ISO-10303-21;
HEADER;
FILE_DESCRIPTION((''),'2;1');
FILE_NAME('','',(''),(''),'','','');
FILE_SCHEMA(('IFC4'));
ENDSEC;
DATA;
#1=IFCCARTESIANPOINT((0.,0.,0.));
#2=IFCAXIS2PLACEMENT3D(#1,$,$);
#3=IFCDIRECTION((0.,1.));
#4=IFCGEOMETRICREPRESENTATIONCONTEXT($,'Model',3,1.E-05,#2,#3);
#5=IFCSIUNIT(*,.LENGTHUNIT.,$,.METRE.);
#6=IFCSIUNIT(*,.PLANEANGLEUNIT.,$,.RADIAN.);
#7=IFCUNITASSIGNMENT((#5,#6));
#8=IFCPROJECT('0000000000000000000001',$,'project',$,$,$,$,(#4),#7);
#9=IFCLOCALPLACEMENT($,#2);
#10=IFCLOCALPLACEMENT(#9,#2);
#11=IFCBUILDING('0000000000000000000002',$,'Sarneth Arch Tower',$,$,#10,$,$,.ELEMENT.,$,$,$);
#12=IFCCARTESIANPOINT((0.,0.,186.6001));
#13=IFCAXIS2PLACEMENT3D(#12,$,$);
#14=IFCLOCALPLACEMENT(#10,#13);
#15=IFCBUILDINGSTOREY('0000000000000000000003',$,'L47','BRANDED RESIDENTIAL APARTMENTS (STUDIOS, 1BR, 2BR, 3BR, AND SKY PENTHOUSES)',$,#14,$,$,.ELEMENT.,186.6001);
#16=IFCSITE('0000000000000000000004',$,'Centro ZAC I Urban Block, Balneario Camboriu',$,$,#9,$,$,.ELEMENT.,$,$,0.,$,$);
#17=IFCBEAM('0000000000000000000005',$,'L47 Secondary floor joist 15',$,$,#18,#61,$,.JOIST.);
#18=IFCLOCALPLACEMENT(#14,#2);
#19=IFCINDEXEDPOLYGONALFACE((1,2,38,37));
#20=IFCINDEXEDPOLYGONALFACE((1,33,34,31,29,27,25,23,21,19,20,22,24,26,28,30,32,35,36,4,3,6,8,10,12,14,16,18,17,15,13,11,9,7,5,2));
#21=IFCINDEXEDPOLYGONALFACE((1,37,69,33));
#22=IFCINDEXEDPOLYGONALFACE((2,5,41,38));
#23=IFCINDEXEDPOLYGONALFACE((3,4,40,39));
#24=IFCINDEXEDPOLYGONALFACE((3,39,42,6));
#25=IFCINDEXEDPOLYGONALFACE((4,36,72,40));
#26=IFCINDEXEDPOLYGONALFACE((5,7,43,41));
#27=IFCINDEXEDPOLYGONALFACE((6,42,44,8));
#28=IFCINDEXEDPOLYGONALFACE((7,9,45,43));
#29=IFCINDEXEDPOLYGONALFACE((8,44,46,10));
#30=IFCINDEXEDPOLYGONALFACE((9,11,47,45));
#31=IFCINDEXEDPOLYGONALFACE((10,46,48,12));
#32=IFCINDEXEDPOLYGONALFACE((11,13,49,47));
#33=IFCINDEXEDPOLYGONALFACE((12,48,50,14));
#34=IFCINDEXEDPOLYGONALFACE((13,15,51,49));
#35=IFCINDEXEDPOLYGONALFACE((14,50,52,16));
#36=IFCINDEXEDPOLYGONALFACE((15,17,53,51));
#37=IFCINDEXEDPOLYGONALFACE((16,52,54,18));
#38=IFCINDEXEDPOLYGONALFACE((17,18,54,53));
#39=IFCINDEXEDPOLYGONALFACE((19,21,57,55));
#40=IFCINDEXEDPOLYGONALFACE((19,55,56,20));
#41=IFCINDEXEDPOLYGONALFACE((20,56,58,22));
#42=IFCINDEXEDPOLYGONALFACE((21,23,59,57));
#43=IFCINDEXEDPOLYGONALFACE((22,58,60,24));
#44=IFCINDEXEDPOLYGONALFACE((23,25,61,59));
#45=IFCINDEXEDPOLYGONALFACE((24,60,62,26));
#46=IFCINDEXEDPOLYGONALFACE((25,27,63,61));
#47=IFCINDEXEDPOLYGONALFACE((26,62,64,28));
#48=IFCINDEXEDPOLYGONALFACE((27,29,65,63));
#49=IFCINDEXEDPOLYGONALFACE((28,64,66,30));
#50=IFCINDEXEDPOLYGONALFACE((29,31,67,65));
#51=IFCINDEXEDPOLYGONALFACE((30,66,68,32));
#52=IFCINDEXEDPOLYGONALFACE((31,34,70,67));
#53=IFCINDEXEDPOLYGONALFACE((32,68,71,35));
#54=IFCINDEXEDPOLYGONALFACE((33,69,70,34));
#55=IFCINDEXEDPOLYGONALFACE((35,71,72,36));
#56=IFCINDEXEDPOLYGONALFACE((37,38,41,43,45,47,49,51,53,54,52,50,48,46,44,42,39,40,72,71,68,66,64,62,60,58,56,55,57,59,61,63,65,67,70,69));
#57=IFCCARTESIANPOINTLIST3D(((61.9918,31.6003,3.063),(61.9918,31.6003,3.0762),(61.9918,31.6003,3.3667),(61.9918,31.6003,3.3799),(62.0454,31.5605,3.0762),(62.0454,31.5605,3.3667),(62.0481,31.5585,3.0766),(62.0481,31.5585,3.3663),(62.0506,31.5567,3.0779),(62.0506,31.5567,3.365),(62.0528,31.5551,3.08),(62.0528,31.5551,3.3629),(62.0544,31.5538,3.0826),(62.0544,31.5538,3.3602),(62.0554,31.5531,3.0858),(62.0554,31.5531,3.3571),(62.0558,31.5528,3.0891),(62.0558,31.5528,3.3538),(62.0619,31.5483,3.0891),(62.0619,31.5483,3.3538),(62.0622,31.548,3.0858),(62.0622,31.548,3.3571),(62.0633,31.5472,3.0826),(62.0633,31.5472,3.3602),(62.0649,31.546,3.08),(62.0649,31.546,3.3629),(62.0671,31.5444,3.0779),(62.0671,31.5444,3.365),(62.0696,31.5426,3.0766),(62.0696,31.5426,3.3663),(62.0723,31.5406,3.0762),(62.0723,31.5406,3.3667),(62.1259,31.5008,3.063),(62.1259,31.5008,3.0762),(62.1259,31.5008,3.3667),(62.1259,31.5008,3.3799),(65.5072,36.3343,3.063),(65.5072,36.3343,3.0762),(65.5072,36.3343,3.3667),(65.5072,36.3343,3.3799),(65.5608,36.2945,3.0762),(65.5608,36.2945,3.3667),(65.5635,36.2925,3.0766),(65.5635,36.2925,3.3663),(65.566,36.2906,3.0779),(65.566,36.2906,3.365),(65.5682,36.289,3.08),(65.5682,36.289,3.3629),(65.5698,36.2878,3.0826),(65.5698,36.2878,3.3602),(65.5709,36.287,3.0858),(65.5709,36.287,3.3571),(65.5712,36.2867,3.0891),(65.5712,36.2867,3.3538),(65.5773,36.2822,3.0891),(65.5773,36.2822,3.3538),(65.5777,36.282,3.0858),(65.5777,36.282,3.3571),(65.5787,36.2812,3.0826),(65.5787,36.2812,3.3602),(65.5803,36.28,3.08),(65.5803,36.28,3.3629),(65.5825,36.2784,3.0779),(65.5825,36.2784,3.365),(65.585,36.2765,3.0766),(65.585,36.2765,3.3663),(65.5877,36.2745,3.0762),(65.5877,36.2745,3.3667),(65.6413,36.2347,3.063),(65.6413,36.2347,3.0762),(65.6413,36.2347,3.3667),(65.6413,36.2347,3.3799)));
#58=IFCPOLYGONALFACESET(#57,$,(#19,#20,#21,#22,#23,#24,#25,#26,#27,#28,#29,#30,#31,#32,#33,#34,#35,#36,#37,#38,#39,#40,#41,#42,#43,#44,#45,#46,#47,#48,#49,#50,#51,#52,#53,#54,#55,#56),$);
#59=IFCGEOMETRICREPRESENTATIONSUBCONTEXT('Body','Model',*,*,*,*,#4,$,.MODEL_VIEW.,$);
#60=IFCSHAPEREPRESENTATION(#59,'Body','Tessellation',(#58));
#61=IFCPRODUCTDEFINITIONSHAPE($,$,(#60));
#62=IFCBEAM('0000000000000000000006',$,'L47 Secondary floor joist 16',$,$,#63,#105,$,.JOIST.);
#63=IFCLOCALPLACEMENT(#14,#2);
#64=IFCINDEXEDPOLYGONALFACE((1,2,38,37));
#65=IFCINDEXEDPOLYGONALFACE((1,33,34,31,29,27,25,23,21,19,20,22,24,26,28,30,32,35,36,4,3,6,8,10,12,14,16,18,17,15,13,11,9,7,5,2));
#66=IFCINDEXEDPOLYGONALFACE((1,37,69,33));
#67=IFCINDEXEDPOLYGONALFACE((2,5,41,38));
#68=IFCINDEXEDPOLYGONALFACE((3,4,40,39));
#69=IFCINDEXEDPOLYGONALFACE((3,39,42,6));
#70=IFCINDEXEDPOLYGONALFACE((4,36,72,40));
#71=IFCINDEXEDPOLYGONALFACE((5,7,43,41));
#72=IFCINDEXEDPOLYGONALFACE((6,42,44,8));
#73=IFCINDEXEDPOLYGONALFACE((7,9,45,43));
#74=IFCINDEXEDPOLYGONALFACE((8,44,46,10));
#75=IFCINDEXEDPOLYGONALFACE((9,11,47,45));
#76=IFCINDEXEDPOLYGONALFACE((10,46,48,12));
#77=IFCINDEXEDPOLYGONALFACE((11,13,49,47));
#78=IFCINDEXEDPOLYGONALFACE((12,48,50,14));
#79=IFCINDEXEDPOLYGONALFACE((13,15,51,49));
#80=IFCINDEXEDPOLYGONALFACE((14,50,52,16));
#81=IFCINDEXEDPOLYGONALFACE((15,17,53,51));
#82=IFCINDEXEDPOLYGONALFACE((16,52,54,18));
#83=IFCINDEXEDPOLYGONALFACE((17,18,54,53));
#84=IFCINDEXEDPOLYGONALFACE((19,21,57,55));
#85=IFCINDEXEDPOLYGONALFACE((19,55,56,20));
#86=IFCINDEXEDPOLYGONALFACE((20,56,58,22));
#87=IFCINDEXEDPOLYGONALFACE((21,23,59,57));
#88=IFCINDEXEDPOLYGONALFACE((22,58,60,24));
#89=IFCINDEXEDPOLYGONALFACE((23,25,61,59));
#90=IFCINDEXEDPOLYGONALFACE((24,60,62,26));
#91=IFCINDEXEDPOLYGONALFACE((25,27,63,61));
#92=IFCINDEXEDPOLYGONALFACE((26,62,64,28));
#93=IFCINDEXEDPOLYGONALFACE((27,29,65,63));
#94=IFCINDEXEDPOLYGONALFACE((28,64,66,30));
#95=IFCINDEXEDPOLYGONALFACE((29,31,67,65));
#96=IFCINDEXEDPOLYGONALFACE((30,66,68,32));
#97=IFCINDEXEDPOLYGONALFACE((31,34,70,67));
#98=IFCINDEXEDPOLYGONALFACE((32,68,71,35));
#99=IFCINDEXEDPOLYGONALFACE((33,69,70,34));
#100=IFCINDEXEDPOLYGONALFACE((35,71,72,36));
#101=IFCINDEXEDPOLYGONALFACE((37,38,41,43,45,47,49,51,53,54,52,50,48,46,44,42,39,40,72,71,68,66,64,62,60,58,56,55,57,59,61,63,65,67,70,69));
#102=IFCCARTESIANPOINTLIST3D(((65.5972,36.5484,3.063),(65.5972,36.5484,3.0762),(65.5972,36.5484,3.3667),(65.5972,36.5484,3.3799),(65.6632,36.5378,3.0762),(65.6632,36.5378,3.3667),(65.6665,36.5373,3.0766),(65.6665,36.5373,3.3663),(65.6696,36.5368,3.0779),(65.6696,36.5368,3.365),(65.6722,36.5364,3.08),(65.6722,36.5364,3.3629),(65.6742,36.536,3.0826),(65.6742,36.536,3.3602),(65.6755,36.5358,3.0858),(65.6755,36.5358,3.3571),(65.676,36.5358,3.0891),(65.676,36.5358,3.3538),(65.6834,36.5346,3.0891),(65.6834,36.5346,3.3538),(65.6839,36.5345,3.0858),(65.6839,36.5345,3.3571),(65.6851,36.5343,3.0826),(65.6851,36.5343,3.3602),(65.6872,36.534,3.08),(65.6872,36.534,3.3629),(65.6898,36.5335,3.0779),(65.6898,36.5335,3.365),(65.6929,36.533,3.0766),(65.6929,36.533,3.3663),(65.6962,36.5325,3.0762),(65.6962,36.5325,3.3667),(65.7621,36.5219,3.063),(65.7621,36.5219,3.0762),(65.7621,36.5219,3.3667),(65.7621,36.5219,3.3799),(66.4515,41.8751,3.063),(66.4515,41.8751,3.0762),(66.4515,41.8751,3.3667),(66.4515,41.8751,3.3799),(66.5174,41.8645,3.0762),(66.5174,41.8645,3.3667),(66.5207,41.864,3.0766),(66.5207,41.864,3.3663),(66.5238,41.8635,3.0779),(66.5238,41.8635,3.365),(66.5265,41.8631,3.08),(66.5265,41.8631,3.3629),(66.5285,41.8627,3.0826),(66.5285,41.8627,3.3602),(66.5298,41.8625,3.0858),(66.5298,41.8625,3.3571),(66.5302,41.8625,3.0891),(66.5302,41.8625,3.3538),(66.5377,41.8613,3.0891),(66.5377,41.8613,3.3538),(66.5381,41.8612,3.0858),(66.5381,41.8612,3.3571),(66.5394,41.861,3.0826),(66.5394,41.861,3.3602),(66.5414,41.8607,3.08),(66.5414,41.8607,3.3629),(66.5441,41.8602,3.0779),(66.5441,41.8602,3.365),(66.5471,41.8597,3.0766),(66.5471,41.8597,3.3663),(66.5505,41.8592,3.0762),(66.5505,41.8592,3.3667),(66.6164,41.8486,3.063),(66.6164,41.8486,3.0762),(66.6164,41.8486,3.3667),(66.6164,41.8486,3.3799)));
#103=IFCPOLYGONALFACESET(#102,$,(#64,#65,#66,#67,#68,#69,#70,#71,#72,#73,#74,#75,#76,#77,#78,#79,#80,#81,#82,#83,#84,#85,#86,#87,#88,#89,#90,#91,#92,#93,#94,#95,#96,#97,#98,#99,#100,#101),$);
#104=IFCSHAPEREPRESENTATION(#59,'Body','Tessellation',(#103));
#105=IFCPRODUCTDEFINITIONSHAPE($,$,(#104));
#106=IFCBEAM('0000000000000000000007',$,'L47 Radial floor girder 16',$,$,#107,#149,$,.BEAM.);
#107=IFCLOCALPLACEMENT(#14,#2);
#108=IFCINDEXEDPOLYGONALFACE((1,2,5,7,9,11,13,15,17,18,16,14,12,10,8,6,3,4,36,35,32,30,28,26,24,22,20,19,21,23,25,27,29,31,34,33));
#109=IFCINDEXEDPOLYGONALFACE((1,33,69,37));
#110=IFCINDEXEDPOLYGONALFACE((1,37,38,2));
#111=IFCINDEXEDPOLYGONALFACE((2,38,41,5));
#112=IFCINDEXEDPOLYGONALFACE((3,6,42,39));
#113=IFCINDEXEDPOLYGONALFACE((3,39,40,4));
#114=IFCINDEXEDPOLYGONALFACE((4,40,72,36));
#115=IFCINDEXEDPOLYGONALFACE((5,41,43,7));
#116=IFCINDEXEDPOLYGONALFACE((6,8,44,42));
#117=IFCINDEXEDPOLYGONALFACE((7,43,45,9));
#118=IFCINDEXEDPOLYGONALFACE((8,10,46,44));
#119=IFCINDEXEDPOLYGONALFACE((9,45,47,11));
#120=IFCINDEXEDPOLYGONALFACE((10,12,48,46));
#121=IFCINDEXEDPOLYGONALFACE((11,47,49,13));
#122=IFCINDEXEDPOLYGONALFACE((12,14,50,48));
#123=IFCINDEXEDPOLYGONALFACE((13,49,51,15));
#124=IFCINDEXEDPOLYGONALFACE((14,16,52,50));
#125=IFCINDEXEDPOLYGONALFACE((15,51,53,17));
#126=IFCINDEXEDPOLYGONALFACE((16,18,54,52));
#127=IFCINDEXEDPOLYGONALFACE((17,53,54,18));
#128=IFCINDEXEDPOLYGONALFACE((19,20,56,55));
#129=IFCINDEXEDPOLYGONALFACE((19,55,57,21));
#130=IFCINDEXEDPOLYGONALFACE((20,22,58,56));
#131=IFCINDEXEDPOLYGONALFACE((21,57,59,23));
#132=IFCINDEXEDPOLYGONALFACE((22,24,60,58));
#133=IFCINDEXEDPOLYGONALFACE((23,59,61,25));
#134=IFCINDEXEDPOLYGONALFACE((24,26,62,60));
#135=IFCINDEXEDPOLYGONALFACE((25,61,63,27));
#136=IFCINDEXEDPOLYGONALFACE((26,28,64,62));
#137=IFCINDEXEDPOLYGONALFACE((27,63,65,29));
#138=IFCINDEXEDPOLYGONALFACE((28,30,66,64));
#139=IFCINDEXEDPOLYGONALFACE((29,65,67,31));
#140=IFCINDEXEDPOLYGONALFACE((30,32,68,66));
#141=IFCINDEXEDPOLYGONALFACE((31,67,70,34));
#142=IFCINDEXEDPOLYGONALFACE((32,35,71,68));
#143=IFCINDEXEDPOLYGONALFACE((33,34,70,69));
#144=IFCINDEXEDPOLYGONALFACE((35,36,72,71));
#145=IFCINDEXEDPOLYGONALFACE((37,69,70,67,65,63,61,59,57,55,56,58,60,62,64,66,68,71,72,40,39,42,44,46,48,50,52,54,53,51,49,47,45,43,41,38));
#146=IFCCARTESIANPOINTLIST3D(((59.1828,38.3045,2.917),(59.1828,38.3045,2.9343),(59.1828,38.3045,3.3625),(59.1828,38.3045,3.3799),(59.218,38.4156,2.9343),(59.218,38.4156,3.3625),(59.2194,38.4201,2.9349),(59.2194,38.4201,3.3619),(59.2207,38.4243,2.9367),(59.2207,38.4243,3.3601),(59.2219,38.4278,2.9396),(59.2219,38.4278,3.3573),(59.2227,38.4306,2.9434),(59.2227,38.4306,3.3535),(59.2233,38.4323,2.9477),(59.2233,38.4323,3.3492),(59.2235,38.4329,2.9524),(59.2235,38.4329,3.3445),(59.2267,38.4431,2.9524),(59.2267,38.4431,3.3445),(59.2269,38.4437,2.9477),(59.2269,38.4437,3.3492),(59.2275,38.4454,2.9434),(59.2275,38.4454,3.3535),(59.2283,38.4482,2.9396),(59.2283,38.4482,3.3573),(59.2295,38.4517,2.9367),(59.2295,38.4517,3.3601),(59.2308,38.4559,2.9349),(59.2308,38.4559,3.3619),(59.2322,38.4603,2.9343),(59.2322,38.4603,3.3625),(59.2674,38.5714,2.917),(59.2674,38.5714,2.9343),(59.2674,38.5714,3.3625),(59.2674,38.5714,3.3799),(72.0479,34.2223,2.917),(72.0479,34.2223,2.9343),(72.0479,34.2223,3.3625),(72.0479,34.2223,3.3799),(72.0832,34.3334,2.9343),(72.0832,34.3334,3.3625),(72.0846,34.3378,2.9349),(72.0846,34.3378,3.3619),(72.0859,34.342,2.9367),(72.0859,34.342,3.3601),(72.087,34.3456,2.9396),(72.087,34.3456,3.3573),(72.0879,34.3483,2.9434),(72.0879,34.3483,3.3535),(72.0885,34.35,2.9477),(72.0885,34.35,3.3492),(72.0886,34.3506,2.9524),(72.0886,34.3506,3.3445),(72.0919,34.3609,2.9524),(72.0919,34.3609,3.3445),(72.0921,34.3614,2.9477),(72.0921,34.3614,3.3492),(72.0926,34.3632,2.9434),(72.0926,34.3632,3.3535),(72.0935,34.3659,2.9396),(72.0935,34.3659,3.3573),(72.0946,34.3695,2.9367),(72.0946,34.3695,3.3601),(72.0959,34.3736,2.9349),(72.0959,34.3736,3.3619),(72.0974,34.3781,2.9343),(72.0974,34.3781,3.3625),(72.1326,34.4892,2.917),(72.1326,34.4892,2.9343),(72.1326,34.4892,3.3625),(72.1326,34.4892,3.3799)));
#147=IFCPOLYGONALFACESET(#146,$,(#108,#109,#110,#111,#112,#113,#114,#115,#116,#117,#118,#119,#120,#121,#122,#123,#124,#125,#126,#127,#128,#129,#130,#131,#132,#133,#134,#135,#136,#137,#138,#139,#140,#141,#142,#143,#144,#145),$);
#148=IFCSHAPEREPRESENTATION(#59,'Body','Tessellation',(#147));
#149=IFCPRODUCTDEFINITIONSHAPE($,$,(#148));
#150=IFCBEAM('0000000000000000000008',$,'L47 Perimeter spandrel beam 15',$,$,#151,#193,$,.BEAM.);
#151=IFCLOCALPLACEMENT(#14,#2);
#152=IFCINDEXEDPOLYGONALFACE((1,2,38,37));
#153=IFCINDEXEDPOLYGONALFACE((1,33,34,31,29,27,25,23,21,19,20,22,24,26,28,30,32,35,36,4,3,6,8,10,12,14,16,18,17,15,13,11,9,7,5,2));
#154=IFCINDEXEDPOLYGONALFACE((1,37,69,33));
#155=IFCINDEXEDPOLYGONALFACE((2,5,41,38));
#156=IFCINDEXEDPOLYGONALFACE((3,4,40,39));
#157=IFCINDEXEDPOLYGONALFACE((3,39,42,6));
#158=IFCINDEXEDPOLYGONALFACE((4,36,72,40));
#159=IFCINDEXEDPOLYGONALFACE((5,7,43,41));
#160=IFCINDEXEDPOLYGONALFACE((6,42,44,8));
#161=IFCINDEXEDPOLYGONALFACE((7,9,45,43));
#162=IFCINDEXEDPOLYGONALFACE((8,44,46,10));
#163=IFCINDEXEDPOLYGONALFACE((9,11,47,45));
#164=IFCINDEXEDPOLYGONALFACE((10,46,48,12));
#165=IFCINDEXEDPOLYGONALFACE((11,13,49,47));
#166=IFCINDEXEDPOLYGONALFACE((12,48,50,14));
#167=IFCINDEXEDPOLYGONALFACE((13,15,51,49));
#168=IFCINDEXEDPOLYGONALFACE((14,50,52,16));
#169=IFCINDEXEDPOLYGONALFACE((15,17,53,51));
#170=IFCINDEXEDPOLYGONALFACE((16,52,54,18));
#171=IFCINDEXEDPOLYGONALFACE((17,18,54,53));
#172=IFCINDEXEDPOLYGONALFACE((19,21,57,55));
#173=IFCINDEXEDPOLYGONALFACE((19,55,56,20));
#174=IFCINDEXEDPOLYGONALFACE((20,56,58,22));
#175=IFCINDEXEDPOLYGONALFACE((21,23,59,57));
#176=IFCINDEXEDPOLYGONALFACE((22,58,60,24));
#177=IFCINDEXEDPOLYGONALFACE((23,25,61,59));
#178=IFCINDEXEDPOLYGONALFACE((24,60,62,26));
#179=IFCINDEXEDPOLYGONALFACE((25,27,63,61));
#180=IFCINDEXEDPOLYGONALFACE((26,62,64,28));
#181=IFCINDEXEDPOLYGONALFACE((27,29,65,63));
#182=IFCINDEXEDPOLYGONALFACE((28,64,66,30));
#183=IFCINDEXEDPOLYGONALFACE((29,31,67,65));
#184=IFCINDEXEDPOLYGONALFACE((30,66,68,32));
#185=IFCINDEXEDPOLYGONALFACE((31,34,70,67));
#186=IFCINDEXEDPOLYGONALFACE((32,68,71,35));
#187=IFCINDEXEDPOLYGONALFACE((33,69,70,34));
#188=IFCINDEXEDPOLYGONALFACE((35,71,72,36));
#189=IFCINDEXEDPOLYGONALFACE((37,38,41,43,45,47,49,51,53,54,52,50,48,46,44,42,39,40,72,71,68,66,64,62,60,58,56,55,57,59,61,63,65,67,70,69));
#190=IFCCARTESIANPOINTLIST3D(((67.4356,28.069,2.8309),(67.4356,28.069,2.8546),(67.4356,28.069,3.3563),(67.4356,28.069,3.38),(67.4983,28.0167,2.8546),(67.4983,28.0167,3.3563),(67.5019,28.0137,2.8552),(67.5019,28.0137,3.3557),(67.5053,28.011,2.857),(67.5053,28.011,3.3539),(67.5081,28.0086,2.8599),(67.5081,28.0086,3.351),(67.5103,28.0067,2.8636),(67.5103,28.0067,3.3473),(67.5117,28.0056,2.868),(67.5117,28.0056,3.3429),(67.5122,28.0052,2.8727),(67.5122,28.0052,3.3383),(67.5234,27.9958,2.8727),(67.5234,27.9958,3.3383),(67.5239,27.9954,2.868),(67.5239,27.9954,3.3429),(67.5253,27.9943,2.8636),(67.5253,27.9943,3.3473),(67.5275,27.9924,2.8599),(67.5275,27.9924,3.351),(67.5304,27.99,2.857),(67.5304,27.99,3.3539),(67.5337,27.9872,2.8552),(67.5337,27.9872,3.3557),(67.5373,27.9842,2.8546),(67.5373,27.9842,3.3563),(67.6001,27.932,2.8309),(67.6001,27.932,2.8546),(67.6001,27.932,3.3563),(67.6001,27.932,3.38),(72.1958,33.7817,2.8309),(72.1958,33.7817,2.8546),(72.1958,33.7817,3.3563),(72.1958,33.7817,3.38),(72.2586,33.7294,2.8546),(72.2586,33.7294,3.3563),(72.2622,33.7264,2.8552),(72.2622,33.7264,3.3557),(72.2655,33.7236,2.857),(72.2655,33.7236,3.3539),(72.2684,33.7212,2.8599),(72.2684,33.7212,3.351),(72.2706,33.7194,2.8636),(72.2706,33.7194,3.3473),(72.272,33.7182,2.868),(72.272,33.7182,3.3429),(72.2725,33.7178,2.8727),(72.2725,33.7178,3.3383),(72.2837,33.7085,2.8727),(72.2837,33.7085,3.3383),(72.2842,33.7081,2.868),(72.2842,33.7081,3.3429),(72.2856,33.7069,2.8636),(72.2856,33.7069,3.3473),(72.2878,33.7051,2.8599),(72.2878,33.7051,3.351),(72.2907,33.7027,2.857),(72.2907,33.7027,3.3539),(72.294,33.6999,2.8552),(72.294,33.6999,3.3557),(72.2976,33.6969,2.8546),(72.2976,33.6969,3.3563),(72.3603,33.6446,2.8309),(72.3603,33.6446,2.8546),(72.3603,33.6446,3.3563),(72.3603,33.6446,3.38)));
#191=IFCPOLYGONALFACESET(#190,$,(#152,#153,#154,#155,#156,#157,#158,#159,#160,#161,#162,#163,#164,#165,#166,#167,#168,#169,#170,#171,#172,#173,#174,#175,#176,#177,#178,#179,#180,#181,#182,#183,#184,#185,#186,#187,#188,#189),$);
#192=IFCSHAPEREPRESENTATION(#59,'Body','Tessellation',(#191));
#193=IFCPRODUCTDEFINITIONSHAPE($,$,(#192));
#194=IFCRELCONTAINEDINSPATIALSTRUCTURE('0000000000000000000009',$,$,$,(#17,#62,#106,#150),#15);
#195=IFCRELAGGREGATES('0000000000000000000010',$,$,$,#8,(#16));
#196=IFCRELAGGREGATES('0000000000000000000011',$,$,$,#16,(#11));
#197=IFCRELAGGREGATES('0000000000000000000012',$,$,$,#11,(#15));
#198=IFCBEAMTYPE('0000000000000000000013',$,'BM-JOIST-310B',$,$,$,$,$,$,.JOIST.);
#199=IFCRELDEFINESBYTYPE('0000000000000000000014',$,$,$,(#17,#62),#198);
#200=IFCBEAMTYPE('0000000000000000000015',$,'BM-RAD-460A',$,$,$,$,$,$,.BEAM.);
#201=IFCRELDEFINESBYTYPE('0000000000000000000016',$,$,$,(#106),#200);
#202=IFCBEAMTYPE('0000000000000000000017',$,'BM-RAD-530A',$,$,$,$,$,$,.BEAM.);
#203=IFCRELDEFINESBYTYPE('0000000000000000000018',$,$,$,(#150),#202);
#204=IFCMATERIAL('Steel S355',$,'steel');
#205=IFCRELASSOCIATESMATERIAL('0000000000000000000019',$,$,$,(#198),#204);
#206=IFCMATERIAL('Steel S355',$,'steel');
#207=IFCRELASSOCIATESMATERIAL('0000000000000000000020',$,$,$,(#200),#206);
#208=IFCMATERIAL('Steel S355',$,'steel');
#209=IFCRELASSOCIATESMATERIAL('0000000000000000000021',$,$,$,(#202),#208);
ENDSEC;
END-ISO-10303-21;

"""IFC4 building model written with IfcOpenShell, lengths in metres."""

from ifc_helpers import new_model, si_unit, direction, frame, origin, origin_2d, place, context, subcontext, project, spatial, i_section, extrude, material, material_profile, profile_set, type_object, element, save


model = new_model("IFC4")

# Units and contexts
model_context = context("Model", 3, precision=1e-05, world=origin(), true_north=direction((0.0, 1.0)))
body_context = subcontext(model_context, "Body", "Model", "MODEL_VIEW")
ifc_project = project(units=[si_unit("LENGTHUNIT", "METRE"), si_unit("PLANEANGLEUNIT", "RADIAN")], contexts=[model_context])

# Site, building, storey
site_placement = place(None, origin())
site = spatial("IfcSite", under=ifc_project, at=site_placement, Name="Centro ZAC I Urban Block, Balneario Camboriu", CompositionType="ELEMENT", RefElevation=0.0)
building_placement = place(site_placement, origin())
building = spatial("IfcBuilding", under=site, at=building_placement, Name="Sarneth Arch Tower", CompositionType="ELEMENT")
storey_placement = place(building_placement, frame((0.0, 0.0, 186.6001)))
storey = spatial("IfcBuildingStorey", under=building, at=storey_placement, Name="L47", Description="BRANDED RESIDENTIAL APARTMENTS (STUDIOS, 1BR, 2BR, 3BR, AND SKY PENTHOUSES)", CompositionType="ELEMENT", Elevation=186.6001)

# Beams
ifc_material_1 = material(Name="Steel S355", Category="steel")
ifc_material_profile_1 = material_profile(ifc_material_1, i_section(OverallWidth=0.167, OverallDepth=0.3169, WebThickness=0.0076, FlangeThickness=0.0132, FilletRadius=0.0129, at=origin_2d()), Name="W310x52")
ifc_profile_set_1 = profile_set([ifc_material_profile_1], Name="Steel S355")
beam_type_1 = type_object("IfcBeamType", Name="BM-JOIST-310B", PredefinedType="JOIST", material=ifc_profile_set_1)
beam_1_placement = place(storey_placement, frame((62.0588, 31.5505, 3.2214), z_axis=(0.596191, 0.802843, 0.0), x_axis=(-0.802843, 0.596191, 0.0)))
element("IfcBeam", 1, at=beam_1_placement, inside=storey, type_object=beam_type_1, Name="L47 Secondary floor joist 15", PredefinedType="JOIST", context=body_context, shape_type="SweptSolid", body=[
    extrude(i_section(OverallWidth=0.167, OverallDepth=0.3169, WebThickness=0.0076, FlangeThickness=0.0132, FilletRadius=0.0129, at=origin_2d()), origin(), (0.0, 0.0, 1.0), 5.8965),
])
beam_2_placement = place(storey_placement, frame((65.6797, 36.5352, 3.2214), z_axis=(0.158349, 0.987383, 0.0), x_axis=(-0.987383, 0.158349, 0.0)))
element("IfcBeam", 2, at=beam_2_placement, inside=storey, type_object=beam_type_1, Name="L47 Secondary floor joist 16", PredefinedType="JOIST", context=body_context, shape_type="SweptSolid", body=[
    extrude(i_section(OverallWidth=0.167, OverallDepth=0.3169, WebThickness=0.0076, FlangeThickness=0.0132, FilletRadius=0.0129, at=origin_2d()), origin(), (0.0, 0.0, 1.0), 5.3948),
])
ifc_material_2 = material(Name="Steel S355", Category="steel")
ifc_material_profile_2 = material_profile(ifc_material_2, i_section(OverallWidth=0.28, OverallDepth=0.4629, WebThickness=0.0107, FlangeThickness=0.0173, FilletRadius=0.0181, at=origin_2d()), Name="W460x113")
ifc_profile_set_2 = profile_set([ifc_material_profile_2], Name="Steel S355")
beam_type_2 = type_object("IfcBeamType", Name="BM-RAD-460A", PredefinedType="BEAM", material=ifc_profile_set_2)
beam_3_placement = place(storey_placement, frame((59.2251, 38.438, 3.1484), z_axis=(0.953165, -0.302449, 0.0), x_axis=(0.302449, 0.953165, 0.0)))
element("IfcBeam", 3, at=beam_3_placement, inside=storey, type_object=beam_type_2, Name="L47 Radial floor girder 16", PredefinedType="BEAM", context=body_context, shape_type="SweptSolid", body=[
    extrude(i_section(OverallWidth=0.28, OverallDepth=0.4629, WebThickness=0.0107, FlangeThickness=0.0173, FilletRadius=0.0181, at=origin_2d()), origin(), (0.0, 0.0, 1.0), 13.4973),
])
ifc_material_3 = material(Name="Steel S355", Category="steel")
ifc_material_profile_3 = material_profile(ifc_material_3, i_section(OverallWidth=0.2141, OverallDepth=0.5491, WebThickness=0.0146, FlangeThickness=0.0237, FilletRadius=0.0181, at=origin_2d()), Name="W530x138")
ifc_profile_set_3 = profile_set([ifc_material_profile_3], Name="Steel S355")
beam_type_3 = type_object("IfcBeamType", Name="BM-RAD-530A", PredefinedType="BEAM", material=ifc_profile_set_3)
beam_4_placement = place(storey_placement, frame((67.5178, 28.0005, 3.1055), z_axis=(0.640162, 0.76824, 0.0), x_axis=(-0.76824, 0.640162, 0.0)))
element("IfcBeam", 4, at=beam_4_placement, inside=storey, type_object=beam_type_3, Name="L47 Perimeter spandrel beam 15", PredefinedType="BEAM", context=body_context, shape_type="SweptSolid", body=[
    extrude(i_section(OverallWidth=0.2141, OverallDepth=0.5491, WebThickness=0.0146, FlangeThickness=0.0237, FilletRadius=0.0181, at=origin_2d()), origin(), (0.0, 0.0, 1.0), 7.436),
])

save(model, "model.ifc")
